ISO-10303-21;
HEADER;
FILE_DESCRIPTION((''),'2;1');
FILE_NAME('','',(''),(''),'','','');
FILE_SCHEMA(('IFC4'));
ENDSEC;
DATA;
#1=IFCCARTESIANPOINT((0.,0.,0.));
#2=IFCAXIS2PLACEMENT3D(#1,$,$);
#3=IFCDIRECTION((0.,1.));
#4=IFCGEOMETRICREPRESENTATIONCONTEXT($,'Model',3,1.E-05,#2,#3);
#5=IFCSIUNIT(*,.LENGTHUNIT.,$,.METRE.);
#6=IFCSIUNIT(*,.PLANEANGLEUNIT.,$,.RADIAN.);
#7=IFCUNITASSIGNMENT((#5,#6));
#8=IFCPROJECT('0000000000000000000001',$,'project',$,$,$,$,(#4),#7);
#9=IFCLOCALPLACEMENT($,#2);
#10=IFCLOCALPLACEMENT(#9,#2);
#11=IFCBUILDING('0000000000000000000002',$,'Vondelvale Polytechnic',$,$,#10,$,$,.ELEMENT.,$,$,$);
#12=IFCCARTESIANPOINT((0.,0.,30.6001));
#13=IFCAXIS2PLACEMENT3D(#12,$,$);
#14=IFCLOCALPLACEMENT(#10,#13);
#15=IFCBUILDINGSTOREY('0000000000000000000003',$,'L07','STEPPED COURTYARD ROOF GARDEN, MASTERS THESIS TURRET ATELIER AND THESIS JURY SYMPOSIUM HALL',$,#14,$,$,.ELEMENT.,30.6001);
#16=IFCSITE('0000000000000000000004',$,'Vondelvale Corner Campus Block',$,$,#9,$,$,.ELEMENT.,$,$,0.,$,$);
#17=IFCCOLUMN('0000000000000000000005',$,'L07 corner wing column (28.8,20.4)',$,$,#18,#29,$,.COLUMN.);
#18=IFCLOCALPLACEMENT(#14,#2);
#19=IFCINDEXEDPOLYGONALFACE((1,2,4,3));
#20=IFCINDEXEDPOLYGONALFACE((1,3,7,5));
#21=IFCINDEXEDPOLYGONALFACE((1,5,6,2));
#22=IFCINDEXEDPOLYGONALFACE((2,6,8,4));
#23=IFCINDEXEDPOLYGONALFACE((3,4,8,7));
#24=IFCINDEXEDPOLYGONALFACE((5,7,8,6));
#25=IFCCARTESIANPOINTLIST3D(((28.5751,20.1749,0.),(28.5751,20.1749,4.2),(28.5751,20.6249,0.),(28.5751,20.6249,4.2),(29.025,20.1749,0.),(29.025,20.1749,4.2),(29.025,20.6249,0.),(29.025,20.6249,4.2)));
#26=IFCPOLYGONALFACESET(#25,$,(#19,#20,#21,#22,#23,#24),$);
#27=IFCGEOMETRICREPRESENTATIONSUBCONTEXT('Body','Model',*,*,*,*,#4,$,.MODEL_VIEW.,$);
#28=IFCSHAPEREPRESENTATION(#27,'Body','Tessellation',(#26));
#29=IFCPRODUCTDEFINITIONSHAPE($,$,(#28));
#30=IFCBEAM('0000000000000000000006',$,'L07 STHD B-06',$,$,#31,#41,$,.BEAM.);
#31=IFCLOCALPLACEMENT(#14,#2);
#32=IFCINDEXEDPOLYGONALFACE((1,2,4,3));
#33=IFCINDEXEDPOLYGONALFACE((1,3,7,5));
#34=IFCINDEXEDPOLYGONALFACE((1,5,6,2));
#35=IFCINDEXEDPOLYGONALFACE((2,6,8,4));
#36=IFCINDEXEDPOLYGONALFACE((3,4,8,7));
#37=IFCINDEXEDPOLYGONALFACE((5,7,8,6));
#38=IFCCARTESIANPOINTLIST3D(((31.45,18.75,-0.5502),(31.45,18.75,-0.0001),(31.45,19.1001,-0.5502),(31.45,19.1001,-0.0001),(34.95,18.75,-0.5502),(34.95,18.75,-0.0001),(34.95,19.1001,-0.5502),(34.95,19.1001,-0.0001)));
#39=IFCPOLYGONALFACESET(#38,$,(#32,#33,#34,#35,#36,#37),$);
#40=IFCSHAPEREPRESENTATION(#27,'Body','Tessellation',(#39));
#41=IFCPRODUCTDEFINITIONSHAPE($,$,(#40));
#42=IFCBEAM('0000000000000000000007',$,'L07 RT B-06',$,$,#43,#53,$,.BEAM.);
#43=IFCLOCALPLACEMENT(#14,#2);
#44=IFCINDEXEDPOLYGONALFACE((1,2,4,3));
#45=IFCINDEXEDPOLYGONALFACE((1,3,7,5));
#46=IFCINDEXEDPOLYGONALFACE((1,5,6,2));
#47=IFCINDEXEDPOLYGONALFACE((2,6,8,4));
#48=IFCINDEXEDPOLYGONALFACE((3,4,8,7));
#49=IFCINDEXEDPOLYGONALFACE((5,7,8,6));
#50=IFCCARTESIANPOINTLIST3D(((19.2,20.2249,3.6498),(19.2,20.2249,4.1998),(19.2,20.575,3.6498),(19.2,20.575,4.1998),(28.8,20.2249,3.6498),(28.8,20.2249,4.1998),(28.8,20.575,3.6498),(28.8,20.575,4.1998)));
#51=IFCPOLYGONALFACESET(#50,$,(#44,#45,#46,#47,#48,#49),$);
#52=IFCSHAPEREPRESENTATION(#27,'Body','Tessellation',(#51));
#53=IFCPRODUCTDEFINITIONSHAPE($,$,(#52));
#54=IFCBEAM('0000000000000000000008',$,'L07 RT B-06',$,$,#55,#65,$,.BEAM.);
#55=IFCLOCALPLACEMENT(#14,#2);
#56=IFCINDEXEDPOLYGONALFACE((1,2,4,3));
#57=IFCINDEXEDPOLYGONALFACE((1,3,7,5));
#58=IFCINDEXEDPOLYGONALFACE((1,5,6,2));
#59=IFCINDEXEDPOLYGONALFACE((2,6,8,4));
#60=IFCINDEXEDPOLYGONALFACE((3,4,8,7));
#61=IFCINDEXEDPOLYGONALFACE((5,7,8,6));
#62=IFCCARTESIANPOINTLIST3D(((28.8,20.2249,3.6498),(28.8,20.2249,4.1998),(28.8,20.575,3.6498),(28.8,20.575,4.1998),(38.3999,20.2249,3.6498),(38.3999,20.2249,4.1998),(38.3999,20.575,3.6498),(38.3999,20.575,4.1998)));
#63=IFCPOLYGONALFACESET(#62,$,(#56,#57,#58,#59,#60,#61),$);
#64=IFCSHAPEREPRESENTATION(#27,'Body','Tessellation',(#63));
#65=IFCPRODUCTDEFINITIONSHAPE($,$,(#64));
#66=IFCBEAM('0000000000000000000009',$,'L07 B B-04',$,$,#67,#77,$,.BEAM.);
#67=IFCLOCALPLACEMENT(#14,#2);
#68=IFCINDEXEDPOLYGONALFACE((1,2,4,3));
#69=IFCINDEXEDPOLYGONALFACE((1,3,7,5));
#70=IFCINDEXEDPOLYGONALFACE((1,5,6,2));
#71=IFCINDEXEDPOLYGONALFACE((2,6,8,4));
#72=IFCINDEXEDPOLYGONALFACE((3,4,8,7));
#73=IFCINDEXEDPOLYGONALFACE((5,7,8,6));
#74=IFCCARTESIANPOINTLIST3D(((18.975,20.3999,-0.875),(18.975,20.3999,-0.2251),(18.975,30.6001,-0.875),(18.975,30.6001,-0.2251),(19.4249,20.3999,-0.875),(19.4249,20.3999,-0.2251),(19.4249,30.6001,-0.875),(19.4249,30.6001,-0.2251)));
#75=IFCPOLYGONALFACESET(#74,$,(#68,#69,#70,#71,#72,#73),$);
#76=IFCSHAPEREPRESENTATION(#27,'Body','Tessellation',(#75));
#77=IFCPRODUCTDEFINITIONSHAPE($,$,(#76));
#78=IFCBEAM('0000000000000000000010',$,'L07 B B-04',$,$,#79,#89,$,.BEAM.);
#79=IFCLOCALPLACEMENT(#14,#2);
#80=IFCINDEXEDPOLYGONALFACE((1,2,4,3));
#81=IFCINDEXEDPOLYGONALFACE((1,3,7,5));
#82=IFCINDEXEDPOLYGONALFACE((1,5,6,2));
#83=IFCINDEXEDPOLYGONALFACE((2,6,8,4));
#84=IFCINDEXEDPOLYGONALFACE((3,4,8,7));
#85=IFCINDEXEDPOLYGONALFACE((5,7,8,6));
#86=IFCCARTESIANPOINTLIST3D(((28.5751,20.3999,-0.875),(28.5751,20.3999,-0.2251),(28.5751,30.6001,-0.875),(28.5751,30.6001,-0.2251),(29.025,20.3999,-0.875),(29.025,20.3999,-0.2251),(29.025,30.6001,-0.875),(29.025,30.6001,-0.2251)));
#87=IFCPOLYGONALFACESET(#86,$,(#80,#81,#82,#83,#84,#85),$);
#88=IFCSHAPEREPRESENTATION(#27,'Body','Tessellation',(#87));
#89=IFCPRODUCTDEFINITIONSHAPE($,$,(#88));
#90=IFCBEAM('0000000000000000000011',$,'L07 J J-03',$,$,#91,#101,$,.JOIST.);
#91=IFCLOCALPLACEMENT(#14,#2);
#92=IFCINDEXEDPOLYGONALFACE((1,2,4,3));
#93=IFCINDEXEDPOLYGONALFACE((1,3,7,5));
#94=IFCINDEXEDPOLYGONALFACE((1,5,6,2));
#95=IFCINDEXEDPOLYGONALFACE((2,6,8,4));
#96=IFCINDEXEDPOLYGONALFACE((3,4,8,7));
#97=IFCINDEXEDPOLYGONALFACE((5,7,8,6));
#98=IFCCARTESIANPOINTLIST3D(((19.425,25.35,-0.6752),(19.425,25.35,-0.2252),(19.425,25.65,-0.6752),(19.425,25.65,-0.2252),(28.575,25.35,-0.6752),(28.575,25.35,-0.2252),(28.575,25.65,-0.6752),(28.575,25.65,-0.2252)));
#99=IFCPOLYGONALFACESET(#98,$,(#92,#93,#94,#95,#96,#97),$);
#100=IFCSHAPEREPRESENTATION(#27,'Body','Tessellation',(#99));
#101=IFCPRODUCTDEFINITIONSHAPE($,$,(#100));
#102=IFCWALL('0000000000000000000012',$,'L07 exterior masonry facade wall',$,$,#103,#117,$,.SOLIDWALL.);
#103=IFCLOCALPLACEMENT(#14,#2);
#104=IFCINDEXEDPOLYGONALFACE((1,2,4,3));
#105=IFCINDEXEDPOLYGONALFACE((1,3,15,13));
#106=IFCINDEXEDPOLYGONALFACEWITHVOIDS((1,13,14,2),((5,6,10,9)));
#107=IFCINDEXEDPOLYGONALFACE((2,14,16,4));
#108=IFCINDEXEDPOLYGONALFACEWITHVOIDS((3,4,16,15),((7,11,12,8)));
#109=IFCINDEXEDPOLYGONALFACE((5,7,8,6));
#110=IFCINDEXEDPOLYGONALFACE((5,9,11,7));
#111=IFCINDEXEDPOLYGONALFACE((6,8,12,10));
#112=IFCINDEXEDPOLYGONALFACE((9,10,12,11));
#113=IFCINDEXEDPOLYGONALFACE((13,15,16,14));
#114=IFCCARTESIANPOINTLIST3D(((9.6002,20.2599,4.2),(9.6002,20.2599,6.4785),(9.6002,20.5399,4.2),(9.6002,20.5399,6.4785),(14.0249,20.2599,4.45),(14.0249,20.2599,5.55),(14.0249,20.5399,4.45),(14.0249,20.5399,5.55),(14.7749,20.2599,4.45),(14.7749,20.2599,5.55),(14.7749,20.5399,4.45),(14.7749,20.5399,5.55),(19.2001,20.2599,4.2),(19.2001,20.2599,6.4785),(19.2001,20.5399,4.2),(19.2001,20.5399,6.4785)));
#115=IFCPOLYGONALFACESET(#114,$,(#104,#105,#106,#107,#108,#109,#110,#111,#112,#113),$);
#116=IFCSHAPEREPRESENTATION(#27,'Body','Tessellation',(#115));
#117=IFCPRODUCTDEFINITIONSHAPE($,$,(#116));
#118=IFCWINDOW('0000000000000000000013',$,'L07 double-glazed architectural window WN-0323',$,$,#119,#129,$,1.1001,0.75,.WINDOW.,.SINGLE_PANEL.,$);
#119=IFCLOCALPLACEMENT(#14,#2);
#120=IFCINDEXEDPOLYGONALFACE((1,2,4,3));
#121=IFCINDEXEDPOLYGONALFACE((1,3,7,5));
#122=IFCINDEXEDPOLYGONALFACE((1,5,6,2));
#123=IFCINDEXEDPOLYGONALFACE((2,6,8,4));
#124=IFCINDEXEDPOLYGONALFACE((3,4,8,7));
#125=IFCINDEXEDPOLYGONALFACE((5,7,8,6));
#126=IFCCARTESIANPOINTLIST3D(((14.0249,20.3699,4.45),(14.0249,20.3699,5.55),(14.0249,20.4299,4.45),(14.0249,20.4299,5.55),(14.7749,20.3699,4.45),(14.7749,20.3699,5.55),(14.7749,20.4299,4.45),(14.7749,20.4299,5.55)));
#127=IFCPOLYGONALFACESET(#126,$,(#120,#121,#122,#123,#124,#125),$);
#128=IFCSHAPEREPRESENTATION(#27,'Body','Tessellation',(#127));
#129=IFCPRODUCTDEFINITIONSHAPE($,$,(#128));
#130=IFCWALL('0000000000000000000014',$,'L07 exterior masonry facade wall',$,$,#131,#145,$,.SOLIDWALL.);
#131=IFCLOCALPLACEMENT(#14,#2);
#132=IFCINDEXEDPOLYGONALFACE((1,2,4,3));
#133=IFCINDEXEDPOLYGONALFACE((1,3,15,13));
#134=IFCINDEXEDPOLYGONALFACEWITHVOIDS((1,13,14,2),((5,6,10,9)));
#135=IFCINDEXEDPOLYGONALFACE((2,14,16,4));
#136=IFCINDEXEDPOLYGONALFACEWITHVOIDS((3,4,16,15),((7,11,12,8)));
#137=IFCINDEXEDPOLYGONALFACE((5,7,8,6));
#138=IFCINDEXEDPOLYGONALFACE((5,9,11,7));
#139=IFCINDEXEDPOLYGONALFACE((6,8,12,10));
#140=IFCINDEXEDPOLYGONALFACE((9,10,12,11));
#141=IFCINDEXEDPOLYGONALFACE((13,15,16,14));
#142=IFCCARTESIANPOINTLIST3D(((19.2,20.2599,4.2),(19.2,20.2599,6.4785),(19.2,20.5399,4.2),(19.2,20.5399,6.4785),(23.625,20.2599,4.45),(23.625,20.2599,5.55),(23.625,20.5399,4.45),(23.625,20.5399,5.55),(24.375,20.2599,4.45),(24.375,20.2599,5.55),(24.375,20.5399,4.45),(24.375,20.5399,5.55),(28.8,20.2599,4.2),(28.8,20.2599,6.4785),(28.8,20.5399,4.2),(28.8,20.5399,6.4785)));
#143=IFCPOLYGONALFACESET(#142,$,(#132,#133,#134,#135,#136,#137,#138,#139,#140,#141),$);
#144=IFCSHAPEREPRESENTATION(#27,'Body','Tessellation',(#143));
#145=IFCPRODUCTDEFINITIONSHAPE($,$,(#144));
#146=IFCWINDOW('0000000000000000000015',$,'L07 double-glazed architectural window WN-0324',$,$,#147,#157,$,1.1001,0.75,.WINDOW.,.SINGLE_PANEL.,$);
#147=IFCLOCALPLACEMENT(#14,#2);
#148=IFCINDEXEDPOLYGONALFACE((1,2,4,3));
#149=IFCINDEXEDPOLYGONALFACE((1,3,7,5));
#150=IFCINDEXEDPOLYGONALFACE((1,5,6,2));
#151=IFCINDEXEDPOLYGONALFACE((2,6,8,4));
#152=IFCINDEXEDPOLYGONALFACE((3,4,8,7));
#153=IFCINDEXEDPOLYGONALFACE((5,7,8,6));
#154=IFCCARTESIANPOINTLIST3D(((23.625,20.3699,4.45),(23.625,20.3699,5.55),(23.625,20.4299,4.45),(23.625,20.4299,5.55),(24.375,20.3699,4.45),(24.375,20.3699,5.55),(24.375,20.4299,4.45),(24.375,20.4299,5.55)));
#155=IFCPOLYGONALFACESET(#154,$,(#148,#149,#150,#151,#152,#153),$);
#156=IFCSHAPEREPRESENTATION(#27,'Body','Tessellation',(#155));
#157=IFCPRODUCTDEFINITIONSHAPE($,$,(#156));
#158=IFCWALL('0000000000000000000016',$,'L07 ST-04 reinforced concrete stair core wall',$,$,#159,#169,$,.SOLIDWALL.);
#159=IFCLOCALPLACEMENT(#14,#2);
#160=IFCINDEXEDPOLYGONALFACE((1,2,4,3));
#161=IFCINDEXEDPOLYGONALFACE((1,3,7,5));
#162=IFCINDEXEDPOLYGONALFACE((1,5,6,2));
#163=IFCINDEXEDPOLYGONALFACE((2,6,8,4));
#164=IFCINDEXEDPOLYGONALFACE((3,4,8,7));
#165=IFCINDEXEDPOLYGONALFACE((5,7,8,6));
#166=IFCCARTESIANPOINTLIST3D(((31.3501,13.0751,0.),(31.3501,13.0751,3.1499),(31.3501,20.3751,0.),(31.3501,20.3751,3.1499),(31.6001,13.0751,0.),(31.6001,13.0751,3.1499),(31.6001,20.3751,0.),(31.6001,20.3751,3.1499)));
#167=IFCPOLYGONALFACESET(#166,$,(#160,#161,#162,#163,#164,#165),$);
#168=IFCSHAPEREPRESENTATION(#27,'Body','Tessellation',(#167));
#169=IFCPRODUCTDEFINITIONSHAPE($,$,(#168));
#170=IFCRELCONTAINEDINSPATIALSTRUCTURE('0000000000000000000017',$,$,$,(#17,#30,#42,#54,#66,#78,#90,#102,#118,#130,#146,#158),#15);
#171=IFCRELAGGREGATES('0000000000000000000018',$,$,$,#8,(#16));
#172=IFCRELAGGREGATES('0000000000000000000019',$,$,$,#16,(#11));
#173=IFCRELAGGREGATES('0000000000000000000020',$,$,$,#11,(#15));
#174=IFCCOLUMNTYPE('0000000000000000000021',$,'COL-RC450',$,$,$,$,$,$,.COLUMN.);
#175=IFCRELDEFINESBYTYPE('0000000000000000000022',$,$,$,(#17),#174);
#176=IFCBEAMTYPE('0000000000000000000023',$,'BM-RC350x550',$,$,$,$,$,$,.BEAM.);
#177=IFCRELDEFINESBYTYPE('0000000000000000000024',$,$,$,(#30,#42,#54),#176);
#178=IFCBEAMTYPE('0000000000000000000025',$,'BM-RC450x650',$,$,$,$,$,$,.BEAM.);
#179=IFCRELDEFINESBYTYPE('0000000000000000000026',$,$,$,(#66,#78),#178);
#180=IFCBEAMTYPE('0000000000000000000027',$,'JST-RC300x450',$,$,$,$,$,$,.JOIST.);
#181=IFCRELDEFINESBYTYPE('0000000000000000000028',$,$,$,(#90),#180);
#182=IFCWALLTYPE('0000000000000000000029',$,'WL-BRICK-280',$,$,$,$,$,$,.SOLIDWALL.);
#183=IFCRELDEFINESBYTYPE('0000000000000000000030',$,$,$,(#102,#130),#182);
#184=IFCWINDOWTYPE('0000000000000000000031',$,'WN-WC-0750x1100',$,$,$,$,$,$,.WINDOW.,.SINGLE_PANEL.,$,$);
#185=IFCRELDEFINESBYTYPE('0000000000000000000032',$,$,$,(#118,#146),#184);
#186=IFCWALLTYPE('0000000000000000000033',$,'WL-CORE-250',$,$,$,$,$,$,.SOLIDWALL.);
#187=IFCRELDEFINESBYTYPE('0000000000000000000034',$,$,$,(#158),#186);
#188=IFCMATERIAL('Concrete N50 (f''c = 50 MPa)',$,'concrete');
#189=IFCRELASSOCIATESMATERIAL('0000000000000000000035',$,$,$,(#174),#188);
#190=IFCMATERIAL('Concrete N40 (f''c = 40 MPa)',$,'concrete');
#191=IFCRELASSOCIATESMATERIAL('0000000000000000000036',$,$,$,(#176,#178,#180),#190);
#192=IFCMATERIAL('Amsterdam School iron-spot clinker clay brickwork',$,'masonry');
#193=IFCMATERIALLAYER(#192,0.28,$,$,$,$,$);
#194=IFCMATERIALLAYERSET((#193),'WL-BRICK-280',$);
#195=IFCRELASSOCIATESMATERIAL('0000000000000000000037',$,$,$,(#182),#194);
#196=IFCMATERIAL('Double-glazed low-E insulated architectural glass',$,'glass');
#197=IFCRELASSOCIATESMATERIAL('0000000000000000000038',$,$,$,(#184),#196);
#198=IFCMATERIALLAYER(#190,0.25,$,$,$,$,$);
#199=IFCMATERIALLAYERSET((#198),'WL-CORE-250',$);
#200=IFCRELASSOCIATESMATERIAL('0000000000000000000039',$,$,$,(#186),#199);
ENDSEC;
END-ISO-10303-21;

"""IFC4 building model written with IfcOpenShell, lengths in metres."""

from ifc_helpers import new_model, si_unit, direction, frame, frame_2d, origin, origin_2d, place, context, subcontext, project, spatial, rectangle, extrude, material, layer, layer_set, material_profile, profile_set, type_object, element, fill, save


model = new_model("IFC4")

# Units and contexts
model_context = context("Model", 3, precision=1e-05, world=origin(), true_north=direction((0.0, 1.0)))
body_context = subcontext(model_context, "Body", "Model", "MODEL_VIEW")
ifc_project = project(units=[si_unit("LENGTHUNIT", "METRE"), si_unit("PLANEANGLEUNIT", "RADIAN")], contexts=[model_context])

# Site, building, storey
site_placement = place(None, origin())
site = spatial("IfcSite", under=ifc_project, at=site_placement, Name="Vondelvale Corner Campus Block", CompositionType="ELEMENT", RefElevation=0.0)
building_placement = place(site_placement, origin())
building = spatial("IfcBuilding", under=site, at=building_placement, Name="Vondelvale Polytechnic", CompositionType="ELEMENT")
storey_placement = place(building_placement, frame((0.0, 0.0, 30.6001)))
storey = spatial("IfcBuildingStorey", under=building, at=storey_placement, Name="L07", Description="STEPPED COURTYARD ROOF GARDEN, MASTERS THESIS TURRET ATELIER AND THESIS JURY SYMPOSIUM HALL", CompositionType="ELEMENT", Elevation=30.6001)

# Column
ifc_material_1 = material(Name="Concrete N50 (f'c = 50 MPa)", Category="concrete")
ifc_material_profile_1 = material_profile(ifc_material_1, rectangle(XDim=0.45, YDim=0.45, at=origin_2d()), Name="RC-COL-450x450")
ifc_profile_set_1 = profile_set([ifc_material_profile_1], Name="Concrete N50 (f'c = 50 MPa)")
column_type = type_object("IfcColumnType", Name="COL-RC450", PredefinedType="COLUMN", material=ifc_profile_set_1)
column_placement = place(storey_placement, frame((28.8, 20.3999, 0.0), z_axis=(0.0, 0.0, 1.0), x_axis=(1.0, 0.0, 0.0)))
element("IfcColumn", 1, at=column_placement, inside=storey, type_object=column_type, Name="L07 corner wing column (28.8,20.4)", PredefinedType="COLUMN", context=body_context, shape_type="SweptSolid", body=[
    extrude(rectangle(XDim=0.45, YDim=0.45, at=origin_2d()), origin(), (0.0, 0.0, 1.0), 4.2),
])

# Beams
ifc_material_2 = material(Name="Concrete N40 (f'c = 40 MPa)", Category="concrete")
ifc_material_profile_2 = material_profile(ifc_material_2, rectangle(XDim=0.3501, YDim=0.55, at=origin_2d()), Name="RC-BM-350x550")
ifc_profile_set_2 = profile_set([ifc_material_profile_2], Name="Concrete N40 (f'c = 40 MPa)")
beam_type_1 = type_object("IfcBeamType", Name="BM-RC350x550", PredefinedType="BEAM", material=ifc_profile_set_2)
beam_1_placement = place(storey_placement, frame((31.45, 18.925, -0.2751), z_axis=(1.0, 0.0, 0.0), x_axis=(0.0, 1.0, 0.0)))
element("IfcBeam", 2, at=beam_1_placement, inside=storey, type_object=beam_type_1, Name="L07 STHD B-06", PredefinedType="BEAM", context=body_context, shape_type="SweptSolid", body=[
    extrude(rectangle(XDim=0.3501, YDim=0.55, at=origin_2d()), origin(), (0.0, 0.0, 1.0), 3.5),
])
beam_2_placement = place(storey_placement, frame((19.2, 20.3999, 3.9248), z_axis=(1.0, 0.0, 0.0), x_axis=(0.0, 1.0, 0.0)))
element("IfcBeam", 3, at=beam_2_placement, inside=storey, type_object=beam_type_1, Name="L07 RT B-06", PredefinedType="BEAM", context=body_context, shape_type="SweptSolid", body=[
    extrude(rectangle(XDim=0.3501, YDim=0.55, at=origin_2d()), origin(), (0.0, 0.0, 1.0), 9.6001),
])
beam_3_placement = place(storey_placement, frame((28.8, 20.3999, 3.9248), z_axis=(1.0, 0.0, 0.0), x_axis=(0.0, 1.0, 0.0)))
element("IfcBeam", 4, at=beam_3_placement, inside=storey, type_object=beam_type_1, Name="L07 RT B-06", PredefinedType="BEAM", context=body_context, shape_type="SweptSolid", body=[
    extrude(rectangle(XDim=0.3501, YDim=0.55, at=origin_2d()), origin(), (0.0, 0.0, 1.0), 9.5999),
])
ifc_material_profile_3 = material_profile(ifc_material_2, rectangle(XDim=0.45, YDim=0.6499, at=origin_2d()), Name="RC-BM-450x650")
ifc_profile_set_3 = profile_set([ifc_material_profile_3], Name="Concrete N40 (f'c = 40 MPa)")
beam_type_2 = type_object("IfcBeamType", Name="BM-RC450x650", PredefinedType="BEAM", material=ifc_profile_set_3)
for number, where, z_axis, x_axis, name in (
    (5, (19.2, 20.3999, -0.55), (0.0, 1.0, 0.0), (-1.0, 0.0, 0.0), "L07 B B-04"),
    (6, (28.8, 20.3999, -0.55), (0.0, 1.0, 0.0), (-1.0, 0.0, 0.0), "L07 B B-04"),
):
    element("IfcBeam", number, at=place(storey_placement, frame(where, z_axis=z_axis, x_axis=x_axis)), inside=storey, type_object=beam_type_2, Name=name, PredefinedType="BEAM", context=body_context, shape_type="SweptSolid", body=[
        extrude(rectangle(XDim=0.45, YDim=0.6499, at=origin_2d()), origin(), (0.0, 0.0, 1.0), 10.2002),
    ])
ifc_material_profile_4 = material_profile(ifc_material_2, rectangle(XDim=0.3, YDim=0.45, at=origin_2d()), Name="RC-JST-300x450")
ifc_profile_set_4 = profile_set([ifc_material_profile_4], Name="Concrete N40 (f'c = 40 MPa)")
beam_type_3 = type_object("IfcBeamType", Name="JST-RC300x450", PredefinedType="JOIST", material=ifc_profile_set_4)
beam_4_placement = place(storey_placement, frame((19.425, 25.5, -0.4502), z_axis=(1.0, 0.0, 0.0), x_axis=(0.0, 1.0, 0.0)))
element("IfcBeam", 7, at=beam_4_placement, inside=storey, type_object=beam_type_3, Name="L07 J J-03", PredefinedType="JOIST", context=body_context, shape_type="SweptSolid", body=[
    extrude(rectangle(XDim=0.3, YDim=0.45, at=origin_2d()), origin(), (0.0, 0.0, 1.0), 9.1499),
])

# Walls, openings, windows
ifc_material_3 = material(Name="Amsterdam School iron-spot clinker clay brickwork", Category="masonry")
ifc_layer_1 = layer(ifc_material_3, 0.28)
ifc_layer_set_1 = layer_set([ifc_layer_1], Name="WL-BRICK-280")
wall_type_1 = type_object("IfcWallType", Name="WL-BRICK-280", PredefinedType="SOLIDWALL", material=ifc_layer_set_1)
wall_1_placement = place(storey_placement, frame((19.2, 20.3999, 4.2), z_axis=(0.0, 0.0, 1.0), x_axis=(-1.0, 0.0, 0.0)))
wall_1 = element("IfcWall", 8, at=wall_1_placement, inside=storey, type_object=wall_type_1, Name="L07 exterior masonry facade wall", PredefinedType="SOLIDWALL", context=body_context, shape_type="SweptSolid", body=[
    extrude(rectangle(XDim=9.5999, YDim=0.28, at=frame_2d((4.7998, 0.0))), origin(), (0.0, 0.0, 1.0), 2.2786),
])
opening_1_placement = place(wall_1_placement, frame((4.425, 0.0, 0.25)))
opening_1 = element("IfcOpeningElement", 9, at=opening_1_placement, cuts=wall_1, PredefinedType="OPENING", context=body_context, shape_type="SweptSolid", body=[
    extrude(rectangle(XDim=0.75, YDim=1.1001, at=frame_2d((0.375, 0.55))), frame((0.0, 0.1499, 0.0), z_axis=(0.0, -1.0, 0.0), x_axis=(1.0, 0.0, 0.0)), (0.0, 0.0, 1.0), 0.3),
])
ifc_material_4 = material(Name="Double-glazed low-E insulated architectural glass", Category="glass")
window_type = type_object("IfcWindowType", Name="WN-WC-0750x1100", PartitioningType="SINGLE_PANEL", PredefinedType="WINDOW", material=ifc_material_4)
window_1_placement = place(opening_1_placement, origin())
window_1 = element("IfcWindow", 10, at=window_1_placement, inside=storey, type_object=window_type, Name="L07 double-glazed architectural window WN-0323", OverallHeight=1.1001, OverallWidth=0.75, PartitioningType="SINGLE_PANEL", PredefinedType="WINDOW", context=body_context, shape_type="SweptSolid", body=[
    extrude(rectangle(XDim=0.75, YDim=1.1001, at=frame_2d((0.375, 0.55))), frame((0.0, 0.03, 0.0), z_axis=(0.0, -1.0, 0.0), x_axis=(1.0, 0.0, 0.0)), (0.0, 0.0, 1.0), 0.0601),
])
fill(opening_1, window_1)
wall_2_placement = place(storey_placement, frame((28.8, 20.3999, 4.2), z_axis=(0.0, 0.0, 1.0), x_axis=(-1.0, 0.0, 0.0)))
wall_2 = element("IfcWall", 11, at=wall_2_placement, inside=storey, type_object=wall_type_1, Name="L07 exterior masonry facade wall", PredefinedType="SOLIDWALL", context=body_context, shape_type="SweptSolid", body=[
    extrude(rectangle(XDim=9.6001, YDim=0.28, at=frame_2d((4.8, 0.0))), origin(), (0.0, 0.0, 1.0), 2.2786),
])
opening_2_placement = place(wall_2_placement, frame((4.425, 0.0, 0.25)))
opening_2 = element("IfcOpeningElement", 12, at=opening_2_placement, cuts=wall_2, PredefinedType="OPENING", context=body_context, shape_type="SweptSolid", body=[
    extrude(rectangle(XDim=0.75, YDim=1.1001, at=frame_2d((0.375, 0.55))), frame((0.0, 0.1499, 0.0), z_axis=(0.0, -1.0, 0.0), x_axis=(1.0, 0.0, 0.0)), (0.0, 0.0, 1.0), 0.3),
])
window_2_placement = place(opening_2_placement, origin())
window_2 = element("IfcWindow", 13, at=window_2_placement, inside=storey, type_object=window_type, Name="L07 double-glazed architectural window WN-0324", OverallHeight=1.1001, OverallWidth=0.75, PartitioningType="SINGLE_PANEL", PredefinedType="WINDOW", context=body_context, shape_type="SweptSolid", body=[
    extrude(rectangle(XDim=0.75, YDim=1.1001, at=frame_2d((0.375, 0.55))), frame((0.0, 0.03, 0.0), z_axis=(0.0, -1.0, 0.0), x_axis=(1.0, 0.0, 0.0)), (0.0, 0.0, 1.0), 0.0601),
])
fill(opening_2, window_2)

# Wall
ifc_layer_2 = layer(ifc_material_2, 0.25)
ifc_layer_set_2 = layer_set([ifc_layer_2], Name="WL-CORE-250")
wall_type_2 = type_object("IfcWallType", Name="WL-CORE-250", PredefinedType="SOLIDWALL", material=ifc_layer_set_2)
wall_3_placement = place(storey_placement, frame((31.4751, 20.375, 0.0), z_axis=(0.0, 0.0, 1.0), x_axis=(0.0, -1.0, 0.0)))
element("IfcWall", 14, at=wall_3_placement, inside=storey, type_object=wall_type_2, Name="L07 ST-04 reinforced concrete stair core wall", PredefinedType="SOLIDWALL", context=body_context, shape_type="SweptSolid", body=[
    extrude(rectangle(XDim=7.3, YDim=0.25, at=frame_2d((3.6499, 0.0))), origin(), (0.0, 0.0, 1.0), 3.1499),
])

save(model, "model.ifc")
